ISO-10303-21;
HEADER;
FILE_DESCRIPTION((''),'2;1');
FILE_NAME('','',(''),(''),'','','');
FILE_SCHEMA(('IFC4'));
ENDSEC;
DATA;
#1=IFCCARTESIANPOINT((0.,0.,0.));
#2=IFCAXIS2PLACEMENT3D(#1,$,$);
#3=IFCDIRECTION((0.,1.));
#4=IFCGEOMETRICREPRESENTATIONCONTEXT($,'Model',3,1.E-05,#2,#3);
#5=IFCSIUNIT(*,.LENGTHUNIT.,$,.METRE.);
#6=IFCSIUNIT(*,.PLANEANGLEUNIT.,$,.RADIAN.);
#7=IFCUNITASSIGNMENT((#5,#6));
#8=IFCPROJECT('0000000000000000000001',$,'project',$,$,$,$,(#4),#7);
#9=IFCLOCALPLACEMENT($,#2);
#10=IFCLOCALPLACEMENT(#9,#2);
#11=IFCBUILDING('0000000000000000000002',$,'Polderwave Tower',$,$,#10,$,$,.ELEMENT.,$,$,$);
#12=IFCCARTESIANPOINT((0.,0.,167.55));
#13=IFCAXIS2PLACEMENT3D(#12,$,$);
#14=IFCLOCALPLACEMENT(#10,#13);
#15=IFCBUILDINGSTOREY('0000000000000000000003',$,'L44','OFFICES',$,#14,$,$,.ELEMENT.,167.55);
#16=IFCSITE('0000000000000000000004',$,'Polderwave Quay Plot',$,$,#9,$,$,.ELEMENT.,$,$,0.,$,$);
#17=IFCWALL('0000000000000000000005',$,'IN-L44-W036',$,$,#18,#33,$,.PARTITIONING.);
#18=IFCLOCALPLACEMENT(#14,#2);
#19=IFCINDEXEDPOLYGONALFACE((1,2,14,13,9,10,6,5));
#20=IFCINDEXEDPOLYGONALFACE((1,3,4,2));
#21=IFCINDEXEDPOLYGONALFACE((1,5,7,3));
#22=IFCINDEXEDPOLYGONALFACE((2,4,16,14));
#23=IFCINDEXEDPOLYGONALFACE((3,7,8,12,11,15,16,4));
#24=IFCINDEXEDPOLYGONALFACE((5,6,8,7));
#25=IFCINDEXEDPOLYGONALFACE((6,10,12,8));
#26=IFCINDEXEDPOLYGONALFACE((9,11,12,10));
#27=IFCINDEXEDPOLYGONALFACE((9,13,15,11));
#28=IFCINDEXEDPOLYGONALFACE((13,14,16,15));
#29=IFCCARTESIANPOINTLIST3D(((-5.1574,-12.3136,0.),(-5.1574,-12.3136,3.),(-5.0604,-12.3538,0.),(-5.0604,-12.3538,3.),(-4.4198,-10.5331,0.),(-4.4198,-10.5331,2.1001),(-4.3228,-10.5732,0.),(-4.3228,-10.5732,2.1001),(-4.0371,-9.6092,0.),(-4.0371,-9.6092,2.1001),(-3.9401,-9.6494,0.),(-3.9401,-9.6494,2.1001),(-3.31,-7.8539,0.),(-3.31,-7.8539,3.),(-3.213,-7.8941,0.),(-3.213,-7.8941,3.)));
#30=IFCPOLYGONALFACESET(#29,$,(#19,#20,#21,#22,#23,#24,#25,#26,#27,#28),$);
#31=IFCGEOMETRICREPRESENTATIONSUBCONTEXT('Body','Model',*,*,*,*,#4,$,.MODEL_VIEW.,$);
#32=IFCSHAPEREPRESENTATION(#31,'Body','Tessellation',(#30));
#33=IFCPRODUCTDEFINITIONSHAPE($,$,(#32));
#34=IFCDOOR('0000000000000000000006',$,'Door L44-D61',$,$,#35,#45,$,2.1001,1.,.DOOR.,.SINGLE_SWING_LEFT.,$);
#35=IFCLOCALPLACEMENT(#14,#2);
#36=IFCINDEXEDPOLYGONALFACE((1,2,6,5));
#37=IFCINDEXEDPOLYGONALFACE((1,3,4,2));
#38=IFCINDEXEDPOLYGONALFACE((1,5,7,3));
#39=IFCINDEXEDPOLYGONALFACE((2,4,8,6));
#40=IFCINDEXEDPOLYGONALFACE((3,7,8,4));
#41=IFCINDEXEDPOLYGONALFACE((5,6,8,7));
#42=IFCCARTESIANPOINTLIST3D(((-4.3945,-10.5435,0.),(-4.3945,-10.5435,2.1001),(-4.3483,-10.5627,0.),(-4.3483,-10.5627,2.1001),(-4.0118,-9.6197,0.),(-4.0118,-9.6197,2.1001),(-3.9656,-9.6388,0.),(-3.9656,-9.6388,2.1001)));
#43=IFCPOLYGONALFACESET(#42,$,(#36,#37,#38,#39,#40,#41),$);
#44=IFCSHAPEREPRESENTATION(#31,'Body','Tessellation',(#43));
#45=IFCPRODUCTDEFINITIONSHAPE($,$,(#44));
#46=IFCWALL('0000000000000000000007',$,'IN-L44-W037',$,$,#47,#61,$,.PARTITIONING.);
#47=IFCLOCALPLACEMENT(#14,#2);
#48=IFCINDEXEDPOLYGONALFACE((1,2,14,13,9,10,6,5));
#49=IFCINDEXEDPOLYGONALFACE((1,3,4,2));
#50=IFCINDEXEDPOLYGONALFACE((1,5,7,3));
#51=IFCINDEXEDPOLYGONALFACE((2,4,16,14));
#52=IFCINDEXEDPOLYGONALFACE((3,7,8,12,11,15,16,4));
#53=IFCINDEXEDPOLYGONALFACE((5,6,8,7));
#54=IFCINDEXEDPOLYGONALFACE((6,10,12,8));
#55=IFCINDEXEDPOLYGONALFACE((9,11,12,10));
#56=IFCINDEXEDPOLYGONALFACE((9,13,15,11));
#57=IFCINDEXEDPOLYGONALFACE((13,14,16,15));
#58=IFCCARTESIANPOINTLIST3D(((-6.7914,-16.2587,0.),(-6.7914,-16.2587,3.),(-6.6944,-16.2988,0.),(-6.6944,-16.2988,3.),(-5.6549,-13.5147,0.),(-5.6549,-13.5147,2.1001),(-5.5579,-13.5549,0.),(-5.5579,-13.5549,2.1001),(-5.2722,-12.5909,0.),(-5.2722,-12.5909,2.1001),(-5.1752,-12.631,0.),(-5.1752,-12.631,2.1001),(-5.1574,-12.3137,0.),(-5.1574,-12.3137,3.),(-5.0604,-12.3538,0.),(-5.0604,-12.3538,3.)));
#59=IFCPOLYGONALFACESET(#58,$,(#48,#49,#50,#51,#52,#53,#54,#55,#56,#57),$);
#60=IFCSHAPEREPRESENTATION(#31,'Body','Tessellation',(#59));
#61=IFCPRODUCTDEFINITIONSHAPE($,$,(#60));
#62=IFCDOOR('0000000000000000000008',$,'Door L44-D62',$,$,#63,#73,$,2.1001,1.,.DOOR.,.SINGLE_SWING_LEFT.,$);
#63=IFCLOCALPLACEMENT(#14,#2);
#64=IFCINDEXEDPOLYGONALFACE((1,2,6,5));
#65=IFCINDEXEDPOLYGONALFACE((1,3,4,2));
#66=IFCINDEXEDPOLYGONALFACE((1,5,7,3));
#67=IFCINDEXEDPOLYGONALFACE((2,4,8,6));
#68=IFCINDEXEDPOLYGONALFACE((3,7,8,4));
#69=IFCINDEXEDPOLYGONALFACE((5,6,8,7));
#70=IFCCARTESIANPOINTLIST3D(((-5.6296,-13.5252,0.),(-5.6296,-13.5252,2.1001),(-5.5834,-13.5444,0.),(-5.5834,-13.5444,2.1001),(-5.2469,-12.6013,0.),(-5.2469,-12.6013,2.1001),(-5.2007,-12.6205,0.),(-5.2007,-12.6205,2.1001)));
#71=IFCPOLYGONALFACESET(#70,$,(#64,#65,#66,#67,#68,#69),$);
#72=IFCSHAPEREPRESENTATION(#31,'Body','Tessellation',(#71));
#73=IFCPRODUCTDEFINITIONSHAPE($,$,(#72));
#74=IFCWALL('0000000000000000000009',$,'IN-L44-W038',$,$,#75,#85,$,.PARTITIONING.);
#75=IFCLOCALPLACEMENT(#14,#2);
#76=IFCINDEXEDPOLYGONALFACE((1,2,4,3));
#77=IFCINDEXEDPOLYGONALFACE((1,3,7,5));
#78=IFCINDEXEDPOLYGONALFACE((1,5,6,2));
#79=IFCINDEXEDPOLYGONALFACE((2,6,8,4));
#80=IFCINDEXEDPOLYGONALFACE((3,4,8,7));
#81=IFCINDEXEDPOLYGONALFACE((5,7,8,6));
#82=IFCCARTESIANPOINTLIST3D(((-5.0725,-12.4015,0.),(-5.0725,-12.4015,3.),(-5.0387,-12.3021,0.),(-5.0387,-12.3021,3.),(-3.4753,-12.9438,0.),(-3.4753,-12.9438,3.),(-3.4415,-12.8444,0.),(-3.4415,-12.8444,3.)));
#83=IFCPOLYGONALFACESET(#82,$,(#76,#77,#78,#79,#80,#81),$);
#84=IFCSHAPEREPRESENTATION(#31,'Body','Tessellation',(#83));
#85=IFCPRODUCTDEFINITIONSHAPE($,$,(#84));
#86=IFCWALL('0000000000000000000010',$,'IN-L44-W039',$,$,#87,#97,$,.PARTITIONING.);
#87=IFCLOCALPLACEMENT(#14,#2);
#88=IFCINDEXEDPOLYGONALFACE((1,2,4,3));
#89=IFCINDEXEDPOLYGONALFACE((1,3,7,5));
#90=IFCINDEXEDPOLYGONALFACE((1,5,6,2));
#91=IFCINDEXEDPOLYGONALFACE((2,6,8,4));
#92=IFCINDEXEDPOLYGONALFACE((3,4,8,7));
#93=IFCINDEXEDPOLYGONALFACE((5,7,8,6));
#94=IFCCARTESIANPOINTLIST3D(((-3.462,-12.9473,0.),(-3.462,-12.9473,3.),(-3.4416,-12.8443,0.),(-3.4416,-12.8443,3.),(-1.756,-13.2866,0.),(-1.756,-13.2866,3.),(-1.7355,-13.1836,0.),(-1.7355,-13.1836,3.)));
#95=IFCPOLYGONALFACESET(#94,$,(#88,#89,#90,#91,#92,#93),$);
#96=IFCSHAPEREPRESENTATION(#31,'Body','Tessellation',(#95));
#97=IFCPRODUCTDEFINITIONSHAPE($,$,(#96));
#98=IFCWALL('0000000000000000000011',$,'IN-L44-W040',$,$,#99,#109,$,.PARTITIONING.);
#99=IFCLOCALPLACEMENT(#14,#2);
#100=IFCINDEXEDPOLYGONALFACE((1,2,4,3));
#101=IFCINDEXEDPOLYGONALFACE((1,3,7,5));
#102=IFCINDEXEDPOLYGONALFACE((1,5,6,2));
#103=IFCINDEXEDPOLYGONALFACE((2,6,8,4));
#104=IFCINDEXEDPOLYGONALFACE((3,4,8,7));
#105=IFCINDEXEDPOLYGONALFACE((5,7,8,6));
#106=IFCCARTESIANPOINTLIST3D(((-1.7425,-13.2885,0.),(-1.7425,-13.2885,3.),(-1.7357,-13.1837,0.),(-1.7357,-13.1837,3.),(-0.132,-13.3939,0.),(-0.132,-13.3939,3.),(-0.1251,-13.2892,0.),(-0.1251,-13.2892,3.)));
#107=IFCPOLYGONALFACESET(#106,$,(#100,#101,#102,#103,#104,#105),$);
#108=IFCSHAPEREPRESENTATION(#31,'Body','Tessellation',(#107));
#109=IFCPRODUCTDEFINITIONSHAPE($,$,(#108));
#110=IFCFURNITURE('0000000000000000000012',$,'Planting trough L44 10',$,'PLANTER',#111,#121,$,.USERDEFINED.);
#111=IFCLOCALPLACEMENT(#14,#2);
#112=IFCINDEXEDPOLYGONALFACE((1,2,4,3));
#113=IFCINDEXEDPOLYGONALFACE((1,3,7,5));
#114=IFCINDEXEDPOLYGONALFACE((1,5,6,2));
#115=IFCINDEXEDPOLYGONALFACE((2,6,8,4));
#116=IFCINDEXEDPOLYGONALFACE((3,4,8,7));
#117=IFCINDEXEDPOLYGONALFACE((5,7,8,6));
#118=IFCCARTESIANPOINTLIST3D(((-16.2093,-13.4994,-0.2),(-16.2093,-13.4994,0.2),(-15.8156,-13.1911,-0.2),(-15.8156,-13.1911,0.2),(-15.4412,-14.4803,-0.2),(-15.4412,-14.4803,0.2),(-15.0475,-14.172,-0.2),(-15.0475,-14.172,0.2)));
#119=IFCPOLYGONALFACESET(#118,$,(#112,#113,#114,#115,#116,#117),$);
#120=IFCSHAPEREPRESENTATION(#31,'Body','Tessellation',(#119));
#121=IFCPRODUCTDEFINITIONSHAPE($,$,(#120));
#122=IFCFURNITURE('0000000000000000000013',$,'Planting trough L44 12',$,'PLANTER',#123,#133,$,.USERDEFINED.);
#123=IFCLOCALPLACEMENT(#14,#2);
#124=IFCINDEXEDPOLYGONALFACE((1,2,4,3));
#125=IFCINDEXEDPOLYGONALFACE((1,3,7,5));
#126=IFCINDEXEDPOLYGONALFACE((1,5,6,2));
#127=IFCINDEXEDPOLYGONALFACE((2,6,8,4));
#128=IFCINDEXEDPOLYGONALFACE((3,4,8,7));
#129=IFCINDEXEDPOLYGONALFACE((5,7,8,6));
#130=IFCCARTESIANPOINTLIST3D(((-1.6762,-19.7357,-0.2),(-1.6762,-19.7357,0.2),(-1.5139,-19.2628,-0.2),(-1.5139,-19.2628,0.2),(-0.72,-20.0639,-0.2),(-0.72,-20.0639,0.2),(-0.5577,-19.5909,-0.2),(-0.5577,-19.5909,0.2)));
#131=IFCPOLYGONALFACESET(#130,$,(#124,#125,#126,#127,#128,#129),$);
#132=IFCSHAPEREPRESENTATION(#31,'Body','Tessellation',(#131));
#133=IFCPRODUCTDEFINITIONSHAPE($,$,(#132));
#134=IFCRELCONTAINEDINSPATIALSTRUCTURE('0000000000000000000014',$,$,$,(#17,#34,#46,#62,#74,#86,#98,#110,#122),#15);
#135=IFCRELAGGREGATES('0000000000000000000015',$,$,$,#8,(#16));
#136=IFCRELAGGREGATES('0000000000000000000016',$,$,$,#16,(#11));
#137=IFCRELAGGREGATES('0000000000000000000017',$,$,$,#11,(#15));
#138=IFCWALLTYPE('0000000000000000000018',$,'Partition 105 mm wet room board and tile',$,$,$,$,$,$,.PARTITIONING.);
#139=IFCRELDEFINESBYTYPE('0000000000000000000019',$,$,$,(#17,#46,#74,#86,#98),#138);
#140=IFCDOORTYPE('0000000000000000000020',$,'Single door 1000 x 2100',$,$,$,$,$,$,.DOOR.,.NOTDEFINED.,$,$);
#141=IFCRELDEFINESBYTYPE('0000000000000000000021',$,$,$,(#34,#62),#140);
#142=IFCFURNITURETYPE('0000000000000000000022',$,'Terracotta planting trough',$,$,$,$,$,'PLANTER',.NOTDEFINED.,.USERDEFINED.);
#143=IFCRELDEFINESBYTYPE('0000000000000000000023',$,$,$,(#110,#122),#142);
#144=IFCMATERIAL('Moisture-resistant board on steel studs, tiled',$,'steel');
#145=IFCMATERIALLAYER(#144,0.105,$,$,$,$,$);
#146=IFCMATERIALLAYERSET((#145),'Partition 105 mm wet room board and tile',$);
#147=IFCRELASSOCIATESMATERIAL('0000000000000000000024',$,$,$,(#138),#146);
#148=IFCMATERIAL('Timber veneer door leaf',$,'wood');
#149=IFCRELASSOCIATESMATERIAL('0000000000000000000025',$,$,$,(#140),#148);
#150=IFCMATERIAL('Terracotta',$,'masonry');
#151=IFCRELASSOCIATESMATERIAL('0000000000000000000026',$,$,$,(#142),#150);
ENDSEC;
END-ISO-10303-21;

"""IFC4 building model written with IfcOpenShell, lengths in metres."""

from ifc_helpers import new_model, si_unit, direction, frame, frame_2d, origin, origin_2d, place, context, subcontext, project, spatial, rectangle, extrude, material, layer, layer_set, type_object, element, fill, save


model = new_model("IFC4")

# Units and contexts
model_context = context("Model", 3, precision=1e-05, world=origin(), true_north=direction((0.0, 1.0)))
body_context = subcontext(model_context, "Body", "Model", "MODEL_VIEW")
ifc_project = project(units=[si_unit("LENGTHUNIT", "METRE"), si_unit("PLANEANGLEUNIT", "RADIAN")], contexts=[model_context])

# Site, building, storey
site_placement = place(None, origin())
site = spatial("IfcSite", under=ifc_project, at=site_placement, Name="Polderwave Quay Plot", CompositionType="ELEMENT", RefElevation=0.0)
building_placement = place(site_placement, origin())
building = spatial("IfcBuilding", under=site, at=building_placement, Name="Polderwave Tower", CompositionType="ELEMENT")
storey_placement = place(building_placement, frame((0.0, 0.0, 167.55)))
storey = spatial("IfcBuildingStorey", under=building, at=storey_placement, Name="L44", Description="OFFICES", CompositionType="ELEMENT", Elevation=167.55)

# Walls, openings, doors
ifc_material_1 = material(Name="Moisture-resistant board on steel studs, tiled", Category="steel")
ifc_layer_1 = layer(ifc_material_1, 0.105)
ifc_layer_set_1 = layer_set([ifc_layer_1], Name="Partition 105 mm wet room board and tile")
wall_type_1 = type_object("IfcWallType", Name="Partition 105 mm wet room board and tile", PredefinedType="PARTITIONING", material=ifc_layer_set_1)
wall_1_placement = place(storey_placement, frame((-3.2615, -7.874, 0.0), z_axis=(0.0, 0.0, 1.0), x_axis=(-0.382708, -0.92387, 0.0)))
wall_1 = element("IfcWall", 1, at=wall_1_placement, inside=storey, type_object=wall_type_1, Name="IN-L44-W036", PredefinedType="PARTITIONING", context=body_context, shape_type="SweptSolid", body=[
    extrude(rectangle(XDim=4.8271, YDim=0.105, at=frame_2d((2.4136, 0.0))), origin(), (0.0, 0.0, 1.0), 3.0),
])
opening_1_placement = place(wall_1_placement, frame((1.8999, 0.0, 0.0)))
opening_1 = element("IfcOpeningElement", 2, at=opening_1_placement, cuts=wall_1, PredefinedType="OPENING", context=body_context, shape_type="SweptSolid", body=[
    extrude(rectangle(XDim=1.0, YDim=2.1001, at=frame_2d((0.5, 1.05))), frame((0.0, 0.0625, 0.0), z_axis=(0.0, -1.0, 0.0), x_axis=(1.0, 0.0, 0.0)), (0.0, 0.0, 1.0), 0.125),
])
ifc_material_2 = material(Name="Timber veneer door leaf", Category="wood")
door_type = type_object("IfcDoorType", Name="Single door 1000 x 2100", OperationType="NOTDEFINED", PredefinedType="DOOR", material=ifc_material_2)
door_1_placement = place(opening_1_placement, origin())
door_1 = element("IfcDoor", 3, at=door_1_placement, inside=storey, type_object=door_type, Name="Door L44-D61", OperationType="SINGLE_SWING_LEFT", OverallHeight=2.1001, OverallWidth=1.0, PredefinedType="DOOR", context=body_context, shape_type="SweptSolid", body=[
    extrude(rectangle(XDim=1.0, YDim=2.1001, at=frame_2d((0.5, 1.05))), frame((0.0, 0.0249, 0.0), z_axis=(0.0, -1.0, 0.0), x_axis=(1.0, 0.0, 0.0)), (0.0, 0.0, 1.0), 0.05),
])
fill(opening_1, door_1)
wall_2_placement = place(storey_placement, frame((-5.1089, -12.3337, 0.0), z_axis=(0.0, 0.0, 1.0), x_axis=(-0.38267, -0.923885, 0.0)))
wall_2 = element("IfcWall", 4, at=wall_2_placement, inside=storey, type_object=wall_type_1, Name="IN-L44-W037", PredefinedType="PARTITIONING", context=body_context, shape_type="SweptSolid", body=[
    extrude(rectangle(XDim=4.27, YDim=0.105, at=frame_2d((2.135, 0.0))), origin(), (0.0, 0.0, 1.0), 3.0),
])
opening_2_placement = place(wall_2_placement, frame((0.3, 0.0, 0.0)))
opening_2 = element("IfcOpeningElement", 5, at=opening_2_placement, cuts=wall_2, PredefinedType="OPENING", context=body_context, shape_type="SweptSolid", body=[
    extrude(rectangle(XDim=1.0, YDim=2.1001, at=frame_2d((0.5, 1.05))), frame((0.0, 0.0625, 0.0), z_axis=(0.0, -1.0, 0.0), x_axis=(1.0, 0.0, 0.0)), (0.0, 0.0, 1.0), 0.125),
])
door_2_placement = place(opening_2_placement, origin())
door_2 = element("IfcDoor", 6, at=door_2_placement, inside=storey, type_object=door_type, Name="Door L44-D62", OperationType="SINGLE_SWING_LEFT", OverallHeight=2.1001, OverallWidth=1.0, PredefinedType="DOOR", context=body_context, shape_type="SweptSolid", body=[
    extrude(rectangle(XDim=1.0, YDim=2.1001, at=frame_2d((0.5, 1.05))), frame((0.0, 0.0249, 0.0), z_axis=(0.0, -1.0, 0.0), x_axis=(1.0, 0.0, 0.0)), (0.0, 0.0, 1.0), 0.05),
])
fill(opening_2, door_2)

# Walls
wall_3_placement = place(storey_placement, frame((-3.4585, -12.894, 0.0), z_axis=(0.0, 0.0, 1.0), x_axis=(-0.946917, 0.321477, 0.0)))
element("IfcWall", 7, at=wall_3_placement, inside=storey, type_object=wall_type_1, Name="IN-L44-W038", PredefinedType="PARTITIONING", context=body_context, shape_type="SweptSolid", body=[
    extrude(rectangle(XDim=1.6868, YDim=0.105, at=frame_2d((0.8433, 0.0))), origin(), (0.0, 0.0, 1.0), 3.0),
])
wall_4_placement = place(storey_placement, frame((-1.7458, -13.2351, 0.0), z_axis=(0.0, 0.0, 1.0), x_axis=(-0.980785, 0.19509, 0.0)))
element("IfcWall", 8, at=wall_4_placement, inside=storey, type_object=wall_type_1, Name="IN-L44-W039", PredefinedType="PARTITIONING", context=body_context, shape_type="SweptSolid", body=[
    extrude(rectangle(XDim=1.7395, YDim=0.105, at=frame_2d((0.8696, 0.0))), origin(), (0.0, 0.0, 1.0), 3.0),
])
wall_5_placement = place(storey_placement, frame((-0.1284, -13.3416, 0.0), z_axis=(0.0, 0.0, 1.0), x_axis=(-0.997863, 0.065344, 0.0)))
element("IfcWall", 9, at=wall_5_placement, inside=storey, type_object=wall_type_1, Name="IN-L44-W040", PredefinedType="PARTITIONING", context=body_context, shape_type="SweptSolid", body=[
    extrude(rectangle(XDim=1.614, YDim=0.105, at=frame_2d((0.8071, 0.0))), origin(), (0.0, 0.0, 1.0), 3.0),
])

# Furniture
ifc_material_3 = material(Name="Terracotta", Category="masonry")
furniture_type = type_object("IfcFurnitureType", Name="Terracotta planting trough", ElementType="PLANTER", AssemblyPlace="NOTDEFINED", PredefinedType="USERDEFINED", material=ifc_material_3)
furniture_1_placement = place(storey_placement, frame((-15.6284, -13.8357, -0.2), z_axis=(0.0, 0.0, 1.0), x_axis=(0.616506, -0.787351, 0.0)))
element("IfcFurniture", 10, at=furniture_1_placement, inside=storey, type_object=furniture_type, Name="Planting trough L44 10", ObjectType="PLANTER", PredefinedType="USERDEFINED", context=body_context, shape_type="SweptSolid", body=[
    extrude(rectangle(XDim=1.2458, YDim=0.5, at=origin_2d()), origin(), (0.0, 0.0, 1.0), 0.3999),
])
furniture_2_placement = place(storey_placement, frame((-1.1169, -19.6633, -0.2), z_axis=(0.0, 0.0, 1.0), x_axis=(0.945866, -0.324558, 0.0)))
element("IfcFurniture", 11, at=furniture_2_placement, inside=storey, type_object=furniture_type, Name="Planting trough L44 12", ObjectType="PLANTER", PredefinedType="USERDEFINED", context=body_context, shape_type="SweptSolid", body=[
    extrude(rectangle(XDim=1.011, YDim=0.5, at=origin_2d()), origin(), (0.0, 0.0, 1.0), 0.3999),
])

save(model, "model.ifc")
